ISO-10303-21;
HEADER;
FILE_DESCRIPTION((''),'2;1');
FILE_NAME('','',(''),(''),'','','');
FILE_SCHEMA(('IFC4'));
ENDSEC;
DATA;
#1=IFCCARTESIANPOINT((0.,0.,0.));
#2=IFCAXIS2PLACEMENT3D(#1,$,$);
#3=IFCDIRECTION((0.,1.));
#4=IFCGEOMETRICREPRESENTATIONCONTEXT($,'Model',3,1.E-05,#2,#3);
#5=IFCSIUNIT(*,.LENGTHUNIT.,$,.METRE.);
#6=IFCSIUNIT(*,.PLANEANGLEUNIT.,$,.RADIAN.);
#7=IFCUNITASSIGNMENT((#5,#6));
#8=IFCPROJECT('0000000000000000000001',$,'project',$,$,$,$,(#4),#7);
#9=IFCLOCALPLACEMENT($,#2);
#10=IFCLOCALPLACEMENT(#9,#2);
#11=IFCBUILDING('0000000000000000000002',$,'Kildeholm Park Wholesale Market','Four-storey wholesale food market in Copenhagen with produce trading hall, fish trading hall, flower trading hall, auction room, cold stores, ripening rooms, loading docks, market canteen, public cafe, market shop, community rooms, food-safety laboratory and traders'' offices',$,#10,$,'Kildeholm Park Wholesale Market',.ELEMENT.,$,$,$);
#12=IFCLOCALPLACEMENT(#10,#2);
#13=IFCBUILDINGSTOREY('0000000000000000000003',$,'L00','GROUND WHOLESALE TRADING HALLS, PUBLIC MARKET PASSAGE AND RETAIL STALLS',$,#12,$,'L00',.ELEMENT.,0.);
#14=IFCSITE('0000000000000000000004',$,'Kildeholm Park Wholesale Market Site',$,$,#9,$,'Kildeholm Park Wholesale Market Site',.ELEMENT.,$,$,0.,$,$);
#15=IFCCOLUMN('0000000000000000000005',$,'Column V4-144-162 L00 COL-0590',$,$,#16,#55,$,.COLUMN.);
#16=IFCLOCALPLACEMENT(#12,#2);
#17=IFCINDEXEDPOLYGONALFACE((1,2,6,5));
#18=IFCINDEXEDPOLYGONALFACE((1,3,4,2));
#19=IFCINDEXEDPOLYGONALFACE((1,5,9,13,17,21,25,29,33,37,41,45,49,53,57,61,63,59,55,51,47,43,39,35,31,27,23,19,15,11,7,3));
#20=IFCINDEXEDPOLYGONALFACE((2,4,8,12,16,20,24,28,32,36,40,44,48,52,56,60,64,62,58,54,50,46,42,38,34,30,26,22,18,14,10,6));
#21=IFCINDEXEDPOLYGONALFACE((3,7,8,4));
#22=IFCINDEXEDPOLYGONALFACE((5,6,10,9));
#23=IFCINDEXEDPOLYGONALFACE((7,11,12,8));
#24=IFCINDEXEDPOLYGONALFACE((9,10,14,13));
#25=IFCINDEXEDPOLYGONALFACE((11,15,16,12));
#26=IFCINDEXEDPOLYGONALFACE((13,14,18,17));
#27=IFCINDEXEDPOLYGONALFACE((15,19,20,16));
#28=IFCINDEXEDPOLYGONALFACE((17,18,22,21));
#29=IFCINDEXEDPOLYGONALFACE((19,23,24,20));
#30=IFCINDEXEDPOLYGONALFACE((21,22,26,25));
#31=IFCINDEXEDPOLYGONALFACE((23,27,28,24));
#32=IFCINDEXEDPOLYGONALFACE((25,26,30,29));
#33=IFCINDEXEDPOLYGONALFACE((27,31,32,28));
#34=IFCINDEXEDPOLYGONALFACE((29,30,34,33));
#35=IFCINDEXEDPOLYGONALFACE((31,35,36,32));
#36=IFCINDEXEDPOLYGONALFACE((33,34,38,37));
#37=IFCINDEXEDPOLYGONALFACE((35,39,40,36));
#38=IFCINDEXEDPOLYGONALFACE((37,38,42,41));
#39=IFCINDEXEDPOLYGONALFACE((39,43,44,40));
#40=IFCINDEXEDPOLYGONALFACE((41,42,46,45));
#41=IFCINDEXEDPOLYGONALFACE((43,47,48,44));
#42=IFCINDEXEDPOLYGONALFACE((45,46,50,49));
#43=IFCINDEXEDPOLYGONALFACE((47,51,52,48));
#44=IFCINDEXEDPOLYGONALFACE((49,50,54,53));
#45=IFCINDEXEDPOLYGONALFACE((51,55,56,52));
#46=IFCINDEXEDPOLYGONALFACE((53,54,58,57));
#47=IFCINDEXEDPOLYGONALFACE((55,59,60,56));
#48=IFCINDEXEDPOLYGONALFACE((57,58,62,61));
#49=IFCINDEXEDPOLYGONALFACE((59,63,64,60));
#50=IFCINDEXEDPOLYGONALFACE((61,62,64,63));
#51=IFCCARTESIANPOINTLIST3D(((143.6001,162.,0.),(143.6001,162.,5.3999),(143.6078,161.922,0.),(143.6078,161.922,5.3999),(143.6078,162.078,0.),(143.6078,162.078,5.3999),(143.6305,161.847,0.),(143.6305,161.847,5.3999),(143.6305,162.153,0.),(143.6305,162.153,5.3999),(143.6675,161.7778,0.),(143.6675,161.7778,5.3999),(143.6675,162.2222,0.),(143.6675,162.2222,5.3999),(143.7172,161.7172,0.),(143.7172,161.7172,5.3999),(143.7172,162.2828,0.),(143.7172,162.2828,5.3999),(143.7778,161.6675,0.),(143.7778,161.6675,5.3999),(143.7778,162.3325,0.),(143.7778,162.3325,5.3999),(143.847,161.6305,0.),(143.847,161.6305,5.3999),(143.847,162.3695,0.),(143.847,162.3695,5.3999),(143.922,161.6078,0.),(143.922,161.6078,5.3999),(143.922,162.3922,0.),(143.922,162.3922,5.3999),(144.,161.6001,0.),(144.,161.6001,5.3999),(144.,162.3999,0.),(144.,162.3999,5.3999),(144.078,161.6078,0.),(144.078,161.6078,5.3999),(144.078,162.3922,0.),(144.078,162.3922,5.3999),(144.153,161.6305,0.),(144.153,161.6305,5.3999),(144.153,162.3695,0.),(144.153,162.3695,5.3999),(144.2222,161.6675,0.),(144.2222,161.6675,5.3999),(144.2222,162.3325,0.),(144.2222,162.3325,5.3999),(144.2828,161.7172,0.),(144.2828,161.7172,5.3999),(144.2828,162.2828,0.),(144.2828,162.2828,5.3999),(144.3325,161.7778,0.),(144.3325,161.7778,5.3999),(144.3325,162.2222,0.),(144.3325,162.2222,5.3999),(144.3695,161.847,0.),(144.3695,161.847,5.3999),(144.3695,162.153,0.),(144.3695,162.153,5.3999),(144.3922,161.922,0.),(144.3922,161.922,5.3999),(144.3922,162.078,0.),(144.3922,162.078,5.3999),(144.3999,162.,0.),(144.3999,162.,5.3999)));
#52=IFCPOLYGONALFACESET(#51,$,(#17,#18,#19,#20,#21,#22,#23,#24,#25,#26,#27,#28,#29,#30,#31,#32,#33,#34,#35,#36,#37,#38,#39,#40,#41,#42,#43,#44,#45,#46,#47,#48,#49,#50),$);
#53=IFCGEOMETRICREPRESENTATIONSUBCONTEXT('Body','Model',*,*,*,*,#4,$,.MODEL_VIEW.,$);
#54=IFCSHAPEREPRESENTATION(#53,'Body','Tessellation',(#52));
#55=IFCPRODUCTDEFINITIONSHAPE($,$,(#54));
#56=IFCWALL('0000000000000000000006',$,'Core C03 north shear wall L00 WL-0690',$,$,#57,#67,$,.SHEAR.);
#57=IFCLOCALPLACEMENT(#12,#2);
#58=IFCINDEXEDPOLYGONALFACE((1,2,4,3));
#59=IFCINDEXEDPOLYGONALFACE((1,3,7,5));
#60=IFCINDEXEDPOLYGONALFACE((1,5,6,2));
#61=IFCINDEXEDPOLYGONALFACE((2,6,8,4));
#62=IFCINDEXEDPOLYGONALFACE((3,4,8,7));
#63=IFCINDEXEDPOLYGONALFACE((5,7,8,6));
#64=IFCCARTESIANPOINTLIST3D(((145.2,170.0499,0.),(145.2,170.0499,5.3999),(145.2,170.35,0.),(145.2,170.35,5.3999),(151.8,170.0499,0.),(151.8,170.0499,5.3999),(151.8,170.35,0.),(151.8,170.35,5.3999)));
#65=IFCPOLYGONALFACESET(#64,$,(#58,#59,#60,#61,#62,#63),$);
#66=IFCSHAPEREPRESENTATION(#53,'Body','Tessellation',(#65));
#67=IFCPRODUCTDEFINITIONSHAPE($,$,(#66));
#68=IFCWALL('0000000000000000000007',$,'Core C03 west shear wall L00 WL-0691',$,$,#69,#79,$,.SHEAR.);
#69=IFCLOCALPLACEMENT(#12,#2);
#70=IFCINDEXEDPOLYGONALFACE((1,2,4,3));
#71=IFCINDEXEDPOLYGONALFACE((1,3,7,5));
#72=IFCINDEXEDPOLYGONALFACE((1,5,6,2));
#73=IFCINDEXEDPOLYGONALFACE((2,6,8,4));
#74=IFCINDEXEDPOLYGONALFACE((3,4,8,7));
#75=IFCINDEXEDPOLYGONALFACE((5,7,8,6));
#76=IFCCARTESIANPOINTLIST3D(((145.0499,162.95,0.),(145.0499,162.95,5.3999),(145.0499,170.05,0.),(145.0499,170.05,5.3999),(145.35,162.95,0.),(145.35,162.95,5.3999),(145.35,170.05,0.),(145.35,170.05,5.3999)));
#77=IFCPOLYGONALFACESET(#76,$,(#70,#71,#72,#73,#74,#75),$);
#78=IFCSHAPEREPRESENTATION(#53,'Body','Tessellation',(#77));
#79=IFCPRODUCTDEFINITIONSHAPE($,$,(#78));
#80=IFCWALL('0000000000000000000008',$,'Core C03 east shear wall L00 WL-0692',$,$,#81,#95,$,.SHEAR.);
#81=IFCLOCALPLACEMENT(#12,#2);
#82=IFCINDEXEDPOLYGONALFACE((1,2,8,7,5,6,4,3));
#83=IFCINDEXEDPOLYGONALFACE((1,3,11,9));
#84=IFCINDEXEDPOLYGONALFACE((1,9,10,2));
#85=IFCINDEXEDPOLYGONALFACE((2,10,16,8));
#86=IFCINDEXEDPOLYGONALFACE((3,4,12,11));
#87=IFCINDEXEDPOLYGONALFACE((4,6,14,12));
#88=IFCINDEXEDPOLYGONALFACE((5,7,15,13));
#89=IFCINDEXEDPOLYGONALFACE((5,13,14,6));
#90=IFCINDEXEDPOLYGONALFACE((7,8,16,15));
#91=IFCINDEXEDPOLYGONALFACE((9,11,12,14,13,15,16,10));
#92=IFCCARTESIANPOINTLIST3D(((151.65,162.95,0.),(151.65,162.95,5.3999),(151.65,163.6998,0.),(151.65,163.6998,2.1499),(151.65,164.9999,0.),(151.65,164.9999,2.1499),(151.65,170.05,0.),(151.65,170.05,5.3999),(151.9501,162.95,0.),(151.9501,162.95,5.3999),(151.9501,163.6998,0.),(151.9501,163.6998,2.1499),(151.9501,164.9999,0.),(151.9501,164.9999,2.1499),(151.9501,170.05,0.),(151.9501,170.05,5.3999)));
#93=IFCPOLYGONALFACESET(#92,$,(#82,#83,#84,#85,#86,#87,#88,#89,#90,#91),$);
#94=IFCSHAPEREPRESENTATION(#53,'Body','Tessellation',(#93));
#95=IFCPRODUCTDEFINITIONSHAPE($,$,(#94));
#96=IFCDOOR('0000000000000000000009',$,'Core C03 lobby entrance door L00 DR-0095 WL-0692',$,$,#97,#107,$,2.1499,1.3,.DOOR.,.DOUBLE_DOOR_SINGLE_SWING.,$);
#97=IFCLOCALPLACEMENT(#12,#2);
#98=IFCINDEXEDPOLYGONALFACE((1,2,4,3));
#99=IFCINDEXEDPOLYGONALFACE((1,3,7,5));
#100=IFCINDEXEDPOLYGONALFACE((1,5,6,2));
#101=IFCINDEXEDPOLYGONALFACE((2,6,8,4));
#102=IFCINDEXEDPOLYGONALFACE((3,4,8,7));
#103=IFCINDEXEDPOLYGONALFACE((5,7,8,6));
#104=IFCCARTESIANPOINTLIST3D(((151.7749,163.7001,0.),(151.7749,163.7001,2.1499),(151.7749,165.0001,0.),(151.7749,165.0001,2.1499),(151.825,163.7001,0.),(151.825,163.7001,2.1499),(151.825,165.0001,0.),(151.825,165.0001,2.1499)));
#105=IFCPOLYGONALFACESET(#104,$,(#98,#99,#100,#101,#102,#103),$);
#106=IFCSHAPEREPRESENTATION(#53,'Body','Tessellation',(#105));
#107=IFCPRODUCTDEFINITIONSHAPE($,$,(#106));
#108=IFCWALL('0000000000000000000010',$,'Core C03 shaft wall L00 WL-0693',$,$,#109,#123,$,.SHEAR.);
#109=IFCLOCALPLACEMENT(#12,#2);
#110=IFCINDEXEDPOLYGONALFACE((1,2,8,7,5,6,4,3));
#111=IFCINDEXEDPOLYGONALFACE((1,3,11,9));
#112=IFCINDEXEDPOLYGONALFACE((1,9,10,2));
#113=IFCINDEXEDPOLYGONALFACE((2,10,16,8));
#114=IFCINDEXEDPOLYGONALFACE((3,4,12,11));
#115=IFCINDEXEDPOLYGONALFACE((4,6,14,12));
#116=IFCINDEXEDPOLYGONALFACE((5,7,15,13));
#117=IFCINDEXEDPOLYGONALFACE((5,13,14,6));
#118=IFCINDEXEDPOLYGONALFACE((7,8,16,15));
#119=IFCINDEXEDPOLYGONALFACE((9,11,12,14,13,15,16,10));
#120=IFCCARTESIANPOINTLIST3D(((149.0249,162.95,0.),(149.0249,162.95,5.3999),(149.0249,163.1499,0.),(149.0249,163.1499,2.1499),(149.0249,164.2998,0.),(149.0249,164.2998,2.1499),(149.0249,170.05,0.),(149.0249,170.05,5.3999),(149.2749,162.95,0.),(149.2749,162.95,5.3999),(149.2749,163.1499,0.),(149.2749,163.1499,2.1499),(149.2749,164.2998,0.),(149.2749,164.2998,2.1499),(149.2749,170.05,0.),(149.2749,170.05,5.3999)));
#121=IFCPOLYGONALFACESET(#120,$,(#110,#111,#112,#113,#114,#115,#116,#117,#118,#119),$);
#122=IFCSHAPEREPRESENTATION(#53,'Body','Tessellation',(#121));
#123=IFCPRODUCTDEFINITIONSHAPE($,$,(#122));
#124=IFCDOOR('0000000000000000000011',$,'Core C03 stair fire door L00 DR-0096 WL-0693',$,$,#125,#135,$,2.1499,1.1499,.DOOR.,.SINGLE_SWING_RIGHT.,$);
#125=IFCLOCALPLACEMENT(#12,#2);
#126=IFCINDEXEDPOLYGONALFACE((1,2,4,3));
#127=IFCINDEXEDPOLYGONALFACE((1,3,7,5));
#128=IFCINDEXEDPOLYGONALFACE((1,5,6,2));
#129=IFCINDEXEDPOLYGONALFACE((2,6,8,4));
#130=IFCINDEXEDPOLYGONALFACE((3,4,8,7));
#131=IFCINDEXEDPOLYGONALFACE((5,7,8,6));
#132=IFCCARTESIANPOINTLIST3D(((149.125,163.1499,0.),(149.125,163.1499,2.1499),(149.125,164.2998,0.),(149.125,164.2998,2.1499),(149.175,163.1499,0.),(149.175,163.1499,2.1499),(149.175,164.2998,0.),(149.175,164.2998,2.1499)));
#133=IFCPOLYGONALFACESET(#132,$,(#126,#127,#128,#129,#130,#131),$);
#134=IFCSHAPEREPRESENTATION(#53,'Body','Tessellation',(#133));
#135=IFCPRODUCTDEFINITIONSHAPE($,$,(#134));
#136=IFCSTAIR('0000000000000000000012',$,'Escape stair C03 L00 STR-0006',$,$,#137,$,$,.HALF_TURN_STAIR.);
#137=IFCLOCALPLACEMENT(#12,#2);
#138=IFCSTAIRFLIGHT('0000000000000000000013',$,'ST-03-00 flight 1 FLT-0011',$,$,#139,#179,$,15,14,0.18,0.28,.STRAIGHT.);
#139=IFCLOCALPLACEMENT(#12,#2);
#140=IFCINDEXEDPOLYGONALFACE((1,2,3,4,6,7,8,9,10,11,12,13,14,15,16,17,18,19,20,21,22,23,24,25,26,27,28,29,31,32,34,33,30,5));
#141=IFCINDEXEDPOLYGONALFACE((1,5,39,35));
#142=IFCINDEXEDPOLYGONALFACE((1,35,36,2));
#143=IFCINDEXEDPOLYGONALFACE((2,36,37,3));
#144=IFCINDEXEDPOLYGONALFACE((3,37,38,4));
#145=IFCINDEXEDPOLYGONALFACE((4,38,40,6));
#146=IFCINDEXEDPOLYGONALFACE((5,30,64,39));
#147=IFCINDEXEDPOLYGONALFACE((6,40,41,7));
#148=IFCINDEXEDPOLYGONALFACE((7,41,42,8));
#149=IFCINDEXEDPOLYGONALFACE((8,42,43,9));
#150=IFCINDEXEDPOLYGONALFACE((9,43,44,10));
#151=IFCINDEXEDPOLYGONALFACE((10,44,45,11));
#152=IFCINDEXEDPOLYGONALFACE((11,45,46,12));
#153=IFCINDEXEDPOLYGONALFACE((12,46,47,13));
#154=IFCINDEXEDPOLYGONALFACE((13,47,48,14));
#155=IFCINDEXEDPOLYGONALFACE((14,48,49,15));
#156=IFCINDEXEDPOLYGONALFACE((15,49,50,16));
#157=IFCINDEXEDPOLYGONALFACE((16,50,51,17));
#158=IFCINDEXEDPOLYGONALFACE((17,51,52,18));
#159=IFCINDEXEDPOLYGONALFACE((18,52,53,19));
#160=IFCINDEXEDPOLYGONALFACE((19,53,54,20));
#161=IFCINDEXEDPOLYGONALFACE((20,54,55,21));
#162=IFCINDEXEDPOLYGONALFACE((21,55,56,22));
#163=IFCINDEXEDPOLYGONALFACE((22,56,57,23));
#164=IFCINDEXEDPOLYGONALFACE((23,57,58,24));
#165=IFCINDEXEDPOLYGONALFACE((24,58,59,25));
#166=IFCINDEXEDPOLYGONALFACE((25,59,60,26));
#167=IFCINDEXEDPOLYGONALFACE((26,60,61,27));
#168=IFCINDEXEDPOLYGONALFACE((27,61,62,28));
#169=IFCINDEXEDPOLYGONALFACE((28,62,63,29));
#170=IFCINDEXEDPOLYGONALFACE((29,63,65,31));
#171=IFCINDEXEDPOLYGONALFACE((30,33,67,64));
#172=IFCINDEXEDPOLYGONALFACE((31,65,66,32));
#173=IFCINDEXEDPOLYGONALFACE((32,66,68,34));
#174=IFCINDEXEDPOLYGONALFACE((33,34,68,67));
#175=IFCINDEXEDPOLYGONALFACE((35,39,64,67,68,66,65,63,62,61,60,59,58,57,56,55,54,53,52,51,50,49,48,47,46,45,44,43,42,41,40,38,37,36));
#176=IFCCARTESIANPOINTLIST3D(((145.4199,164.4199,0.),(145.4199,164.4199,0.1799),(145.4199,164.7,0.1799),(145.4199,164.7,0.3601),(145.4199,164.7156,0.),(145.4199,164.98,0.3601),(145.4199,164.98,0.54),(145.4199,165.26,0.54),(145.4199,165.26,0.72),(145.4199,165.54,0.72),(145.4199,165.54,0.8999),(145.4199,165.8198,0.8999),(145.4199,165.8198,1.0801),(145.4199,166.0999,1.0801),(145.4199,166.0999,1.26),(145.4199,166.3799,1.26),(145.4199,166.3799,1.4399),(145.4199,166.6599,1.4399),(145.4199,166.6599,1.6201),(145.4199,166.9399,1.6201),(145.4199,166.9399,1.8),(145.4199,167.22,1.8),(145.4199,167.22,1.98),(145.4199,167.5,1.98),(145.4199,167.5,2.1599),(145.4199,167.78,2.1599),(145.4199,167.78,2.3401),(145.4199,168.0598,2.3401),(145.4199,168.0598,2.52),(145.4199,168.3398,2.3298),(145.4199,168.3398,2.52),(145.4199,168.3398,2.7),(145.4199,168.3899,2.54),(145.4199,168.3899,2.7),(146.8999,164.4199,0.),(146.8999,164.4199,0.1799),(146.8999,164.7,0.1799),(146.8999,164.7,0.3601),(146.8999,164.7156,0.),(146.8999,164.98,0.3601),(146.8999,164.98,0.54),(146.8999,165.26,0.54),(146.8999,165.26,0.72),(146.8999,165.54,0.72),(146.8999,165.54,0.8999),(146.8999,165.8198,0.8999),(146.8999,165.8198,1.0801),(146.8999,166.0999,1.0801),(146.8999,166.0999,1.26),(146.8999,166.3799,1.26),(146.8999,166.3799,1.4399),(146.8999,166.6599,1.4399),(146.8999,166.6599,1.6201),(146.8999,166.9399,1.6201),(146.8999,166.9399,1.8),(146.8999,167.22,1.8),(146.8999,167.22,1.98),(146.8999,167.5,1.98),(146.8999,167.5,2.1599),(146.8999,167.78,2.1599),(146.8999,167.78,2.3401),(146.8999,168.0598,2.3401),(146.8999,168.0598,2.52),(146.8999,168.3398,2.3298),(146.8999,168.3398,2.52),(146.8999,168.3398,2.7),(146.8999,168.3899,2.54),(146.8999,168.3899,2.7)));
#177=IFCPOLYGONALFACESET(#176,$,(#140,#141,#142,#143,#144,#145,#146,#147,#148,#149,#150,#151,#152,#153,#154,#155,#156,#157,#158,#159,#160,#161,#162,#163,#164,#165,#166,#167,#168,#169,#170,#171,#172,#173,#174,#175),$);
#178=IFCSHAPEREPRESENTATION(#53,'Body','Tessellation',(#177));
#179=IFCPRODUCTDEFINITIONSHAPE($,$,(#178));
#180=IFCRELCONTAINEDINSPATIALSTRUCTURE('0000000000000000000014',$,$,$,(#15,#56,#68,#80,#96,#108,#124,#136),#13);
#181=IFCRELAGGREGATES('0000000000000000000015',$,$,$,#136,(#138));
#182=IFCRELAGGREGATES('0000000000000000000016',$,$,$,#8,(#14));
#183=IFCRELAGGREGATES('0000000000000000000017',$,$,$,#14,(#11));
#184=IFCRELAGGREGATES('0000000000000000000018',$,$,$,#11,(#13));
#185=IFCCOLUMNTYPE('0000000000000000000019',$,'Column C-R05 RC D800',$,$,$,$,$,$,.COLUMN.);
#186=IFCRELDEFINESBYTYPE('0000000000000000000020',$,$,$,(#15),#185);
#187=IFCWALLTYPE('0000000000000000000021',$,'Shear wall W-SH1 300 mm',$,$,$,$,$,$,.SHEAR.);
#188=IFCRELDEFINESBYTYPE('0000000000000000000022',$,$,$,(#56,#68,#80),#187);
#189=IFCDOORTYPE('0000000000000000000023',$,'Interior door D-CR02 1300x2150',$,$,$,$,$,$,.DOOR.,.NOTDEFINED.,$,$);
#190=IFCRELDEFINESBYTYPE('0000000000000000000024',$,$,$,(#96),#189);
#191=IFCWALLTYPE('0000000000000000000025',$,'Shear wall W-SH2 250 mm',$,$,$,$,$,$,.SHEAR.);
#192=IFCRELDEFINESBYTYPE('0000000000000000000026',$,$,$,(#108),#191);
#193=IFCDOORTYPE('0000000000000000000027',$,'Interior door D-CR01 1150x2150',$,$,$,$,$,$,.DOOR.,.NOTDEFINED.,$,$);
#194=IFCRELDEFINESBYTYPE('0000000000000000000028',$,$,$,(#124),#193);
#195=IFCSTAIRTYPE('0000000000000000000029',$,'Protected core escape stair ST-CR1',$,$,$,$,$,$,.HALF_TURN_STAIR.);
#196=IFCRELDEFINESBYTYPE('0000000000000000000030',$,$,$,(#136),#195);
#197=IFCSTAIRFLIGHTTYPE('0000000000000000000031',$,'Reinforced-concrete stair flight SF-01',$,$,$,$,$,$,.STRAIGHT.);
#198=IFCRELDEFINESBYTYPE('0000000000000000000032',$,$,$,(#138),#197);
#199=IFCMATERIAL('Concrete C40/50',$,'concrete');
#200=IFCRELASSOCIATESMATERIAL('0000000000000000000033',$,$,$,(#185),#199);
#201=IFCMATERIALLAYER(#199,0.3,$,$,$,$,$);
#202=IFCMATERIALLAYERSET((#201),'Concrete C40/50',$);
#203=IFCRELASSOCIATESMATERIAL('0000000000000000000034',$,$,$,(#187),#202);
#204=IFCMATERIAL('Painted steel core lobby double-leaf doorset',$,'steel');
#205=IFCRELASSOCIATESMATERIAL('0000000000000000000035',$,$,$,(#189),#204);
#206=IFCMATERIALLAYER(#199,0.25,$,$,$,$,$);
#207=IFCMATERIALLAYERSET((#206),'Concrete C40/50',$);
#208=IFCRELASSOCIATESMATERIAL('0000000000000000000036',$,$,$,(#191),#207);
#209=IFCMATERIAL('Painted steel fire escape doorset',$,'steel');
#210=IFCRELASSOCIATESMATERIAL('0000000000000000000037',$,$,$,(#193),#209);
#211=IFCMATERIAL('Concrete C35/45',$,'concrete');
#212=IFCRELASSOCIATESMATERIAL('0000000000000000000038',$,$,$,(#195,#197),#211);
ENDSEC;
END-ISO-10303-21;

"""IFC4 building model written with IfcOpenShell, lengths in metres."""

from ifc_helpers import new_model, si_unit, direction, frame, frame_2d, origin, origin_2d, place, context, subcontext, project, spatial, polyline, rectangle, circle, outline, extrude, material, layer, layer_set, material_profile, profile_set, type_object, element, fill, aggregate, save


model = new_model("IFC4")

# Units and contexts
model_context = context("Model", 3, precision=1e-05, world=origin(), true_north=direction((0.0, 1.0)))
body_context = subcontext(model_context, "Body", "Model", "MODEL_VIEW")
ifc_project = project(units=[si_unit("LENGTHUNIT", "METRE"), si_unit("PLANEANGLEUNIT", "RADIAN")], contexts=[model_context])

# Site, building, storey
site_placement = place(None, origin())
site = spatial("IfcSite", under=ifc_project, at=site_placement, Name="Kildeholm Park Wholesale Market Site", LongName="Kildeholm Park Wholesale Market Site", CompositionType="ELEMENT", RefElevation=0.0)
building_placement = place(site_placement, origin())
building = spatial("IfcBuilding", under=site, at=building_placement, Name="Kildeholm Park Wholesale Market", Description="Four-storey wholesale food market in Copenhagen with produce trading hall, fish trading hall, flower trading hall, auction room, cold stores, ripening rooms, loading docks, market canteen, public cafe, market shop, community rooms, food-safety laboratory and traders' offices", LongName="Kildeholm Park Wholesale Market", CompositionType="ELEMENT")
storey_placement = place(building_placement, origin())
storey = spatial("IfcBuildingStorey", under=building, at=storey_placement, Name="L00", Description="GROUND WHOLESALE TRADING HALLS, PUBLIC MARKET PASSAGE AND RETAIL STALLS", LongName="L00", CompositionType="ELEMENT", Elevation=0.0)

# Shared definitions
ifc_material_1 = material(Name="Concrete C35/45", Category="concrete")

# Column
ifc_material_2 = material(Name="Concrete C40/50", Category="concrete")
ifc_material_profile_1 = material_profile(ifc_material_2, circle(Radius=0.3999, at=origin_2d()), Name="RC D800")
ifc_profile_set_1 = profile_set([ifc_material_profile_1], Name="Concrete C40/50")
column_type_1 = type_object("IfcColumnType", Name="Column C-R05 RC D800", PredefinedType="COLUMN", material=ifc_profile_set_1)
column_1_placement = place(storey_placement, frame((144.0, 162.0, 0.0), z_axis=(0.0, 0.0, 1.0), x_axis=(1.0, 0.0, 0.0)))
element("IfcColumn", 1, at=column_1_placement, inside=storey, type_object=column_type_1, Name="Column V4-144-162 L00 COL-0590", PredefinedType="COLUMN", context=body_context, shape_type="SweptSolid", body=[
    extrude(circle(Radius=0.3999, at=origin_2d()), origin(), (0.0, 0.0, 1.0), 5.3999),
])

# Shared definitions
ifc_layer_1 = layer(ifc_material_2, 0.3)
ifc_layer_set_1 = layer_set([ifc_layer_1], Name="Concrete C40/50")
wall_type_1 = type_object("IfcWallType", Name="Shear wall W-SH1 300 mm", PredefinedType="SHEAR", material=ifc_layer_set_1)

# Walls
wall_1_placement = place(storey_placement, frame((145.2, 170.2, 0.0), z_axis=(0.0, 0.0, 1.0), x_axis=(1.0, 0.0, 0.0)))
element("IfcWall", 2, at=wall_1_placement, inside=storey, type_object=wall_type_1, Name="Core C03 north shear wall L00 WL-0690", PredefinedType="SHEAR", context=body_context, shape_type="SweptSolid", body=[
    extrude(rectangle(XDim=6.6001, YDim=0.3, at=frame_2d((3.3, 0.0))), origin(), (0.0, 0.0, 1.0), 5.3999),
])
wall_2_placement = place(storey_placement, frame((145.2, 162.95, 0.0), z_axis=(0.0, 0.0, 1.0), x_axis=(0.0, 1.0, 0.0)))
element("IfcWall", 3, at=wall_2_placement, inside=storey, type_object=wall_type_1, Name="Core C03 west shear wall L00 WL-0691", PredefinedType="SHEAR", context=body_context, shape_type="SweptSolid", body=[
    extrude(rectangle(XDim=7.1001, YDim=0.3, at=frame_2d((3.55, 0.0))), origin(), (0.0, 0.0, 1.0), 5.3999),
])

# Walls, openings, doors
wall_3_placement = place(storey_placement, frame((151.8, 162.95, 0.0), z_axis=(0.0, 0.0, 1.0), x_axis=(0.0, 1.0, 0.0)))
wall_3 = element("IfcWall", 4, at=wall_3_placement, inside=storey, type_object=wall_type_1, Name="Core C03 east shear wall L00 WL-0692", PredefinedType="SHEAR", context=body_context, shape_type="SweptSolid", body=[
    extrude(rectangle(XDim=7.1001, YDim=0.3, at=frame_2d((3.55, 0.0))), origin(), (0.0, 0.0, 1.0), 5.3999),
])
opening_1_placement = place(wall_3_placement, frame((0.75, 0.0, 0.0)))
opening_1 = element("IfcOpeningElement", 5, at=opening_1_placement, cuts=wall_3, PredefinedType="OPENING", context=body_context, shape_type="SweptSolid", body=[
    extrude(rectangle(XDim=1.3, YDim=2.1499, at=frame_2d((0.6499, 1.075))), frame((0.0, 0.1599, 0.0), z_axis=(0.0, -1.0, 0.0), x_axis=(1.0, 0.0, 0.0)), (0.0, 0.0, 1.0), 0.3201),
])
ifc_material_3 = material(Name="Painted steel core lobby double-leaf doorset", Category="steel")
door_type_1 = type_object("IfcDoorType", Name="Interior door D-CR02 1300x2150", OperationType="NOTDEFINED", PredefinedType="DOOR", material=ifc_material_3)
door_1_placement = place(opening_1_placement, frame((1.3, 0.0, 0.0), z_axis=(0.0, 0.0, 1.0), x_axis=(-1.0, 0.0, 0.0)))
door_1 = element("IfcDoor", 6, at=door_1_placement, inside=storey, type_object=door_type_1, Name="Core C03 lobby entrance door L00 DR-0095 WL-0692", OperationType="DOUBLE_DOOR_SINGLE_SWING", OverallHeight=2.1499, OverallWidth=1.3, PredefinedType="DOOR", context=body_context, shape_type="SweptSolid", body=[
    extrude(rectangle(XDim=1.3, YDim=2.1499, at=frame_2d((0.6499, 1.075))), frame((0.0, 0.0249, 0.0), z_axis=(0.0, -1.0, 0.0), x_axis=(1.0, 0.0, 0.0)), (0.0, 0.0, 1.0), 0.05),
])
fill(opening_1, door_1)
ifc_layer_2 = layer(ifc_material_2, 0.25)
ifc_layer_set_2 = layer_set([ifc_layer_2], Name="Concrete C40/50")
wall_type_2 = type_object("IfcWallType", Name="Shear wall W-SH2 250 mm", PredefinedType="SHEAR", material=ifc_layer_set_2)
wall_4_placement = place(storey_placement, frame((149.1499, 162.95, 0.0), z_axis=(0.0, 0.0, 1.0), x_axis=(0.0, 1.0, 0.0)))
wall_4 = element("IfcWall", 7, at=wall_4_placement, inside=storey, type_object=wall_type_2, Name="Core C03 shaft wall L00 WL-0693", PredefinedType="SHEAR", context=body_context, shape_type="SweptSolid", body=[
    extrude(rectangle(XDim=7.1001, YDim=0.25, at=frame_2d((3.55, 0.0))), origin(), (0.0, 0.0, 1.0), 5.3999),
])
opening_2_placement = place(wall_4_placement, frame((0.2, 0.0, 0.0)))
opening_2 = element("IfcOpeningElement", 8, at=opening_2_placement, cuts=wall_4, PredefinedType="OPENING", context=body_context, shape_type="SweptSolid", body=[
    extrude(rectangle(XDim=1.1499, YDim=2.1499, at=frame_2d((0.575, 1.075))), frame((0.0, 0.135, 0.0), z_axis=(0.0, -1.0, 0.0), x_axis=(1.0, 0.0, 0.0)), (0.0, 0.0, 1.0), 0.27),
])
ifc_material_4 = material(Name="Painted steel fire escape doorset", Category="steel")
door_type_2 = type_object("IfcDoorType", Name="Interior door D-CR01 1150x2150", OperationType="NOTDEFINED", PredefinedType="DOOR", material=ifc_material_4)
door_2_placement = place(opening_2_placement, origin())
door_2 = element("IfcDoor", 9, at=door_2_placement, inside=storey, type_object=door_type_2, Name="Core C03 stair fire door L00 DR-0096 WL-0693", OperationType="SINGLE_SWING_RIGHT", OverallHeight=2.1499, OverallWidth=1.1499, PredefinedType="DOOR", context=body_context, shape_type="SweptSolid", body=[
    extrude(rectangle(XDim=1.1499, YDim=2.1499, at=frame_2d((0.575, 1.075))), frame((0.0, 0.0249, 0.0), z_axis=(0.0, -1.0, 0.0), x_axis=(1.0, 0.0, 0.0)), (0.0, 0.0, 1.0), 0.05),
])
fill(opening_2, door_2)

# Stair, stair flight
stair_type = type_object("IfcStairType", Name="Protected core escape stair ST-CR1", PredefinedType="HALF_TURN_STAIR", material=ifc_material_1)
stair_placement = place(storey_placement, origin())
stair = element("IfcStair", 10, at=stair_placement, inside=storey, type_object=stair_type, Name="Escape stair C03 L00 STR-0006", PredefinedType="HALF_TURN_STAIR")
stair_flight_type = type_object("IfcStairFlightType", Name="Reinforced-concrete stair flight SF-01", PredefinedType="STRAIGHT", material=ifc_material_1)
stair_flight_1_placement = place(storey_placement, frame((146.1599, 164.4199, 0.0), z_axis=(0.0, 0.0, 1.0), x_axis=(0.0, 1.0, 0.0)))
stair_flight_1 = element("IfcStairFlight", 11, at=stair_flight_1_placement, type_object=stair_flight_type, Name="ST-03-00 flight 1 FLT-0011", NumberOfRisers=15, NumberOfTreads=14, PredefinedType="STRAIGHT", RiserHeight=0.18, TreadLength=0.28, context=body_context, shape_type="SweptSolid", body=[
    extrude(outline(polyline([(0.0, 0.0), (0.0, 0.1799), (0.28, 0.1799), (0.28, 0.3601), (0.5601, 0.3601), (0.5601, 0.54), (0.8401, 0.54), (0.8401, 0.72), (1.1201, 0.72), (1.1201, 0.8999), (1.3999, 0.8999), (1.3999, 1.0801), (1.6799, 1.0801), (1.6799, 1.26), (1.96, 1.26), (1.96, 1.4399), (2.24, 1.4399), (2.24, 1.6201), (2.52, 1.6201), (2.52, 1.8), (2.8, 1.8), (2.8, 1.98), (3.0801, 1.98), (3.0801, 2.1599), (3.3601, 2.1599), (3.3601, 2.3401), (3.6399, 2.3401), (3.6399, 2.52), (3.9199, 2.52), (3.9199, 2.7), (3.97, 2.7), (3.97, 2.54), (3.9199, 2.3298), (0.2957, 0.0), (0.0, 0.0)])), frame((0.0, 0.74, 0.0), z_axis=(0.0, -1.0, 0.0), x_axis=(1.0, 0.0, 0.0)), (0.0, 0.0, 1.0), 1.48),
])
aggregate(stair, [stair_flight_1])

save(model, "model.ifc")
